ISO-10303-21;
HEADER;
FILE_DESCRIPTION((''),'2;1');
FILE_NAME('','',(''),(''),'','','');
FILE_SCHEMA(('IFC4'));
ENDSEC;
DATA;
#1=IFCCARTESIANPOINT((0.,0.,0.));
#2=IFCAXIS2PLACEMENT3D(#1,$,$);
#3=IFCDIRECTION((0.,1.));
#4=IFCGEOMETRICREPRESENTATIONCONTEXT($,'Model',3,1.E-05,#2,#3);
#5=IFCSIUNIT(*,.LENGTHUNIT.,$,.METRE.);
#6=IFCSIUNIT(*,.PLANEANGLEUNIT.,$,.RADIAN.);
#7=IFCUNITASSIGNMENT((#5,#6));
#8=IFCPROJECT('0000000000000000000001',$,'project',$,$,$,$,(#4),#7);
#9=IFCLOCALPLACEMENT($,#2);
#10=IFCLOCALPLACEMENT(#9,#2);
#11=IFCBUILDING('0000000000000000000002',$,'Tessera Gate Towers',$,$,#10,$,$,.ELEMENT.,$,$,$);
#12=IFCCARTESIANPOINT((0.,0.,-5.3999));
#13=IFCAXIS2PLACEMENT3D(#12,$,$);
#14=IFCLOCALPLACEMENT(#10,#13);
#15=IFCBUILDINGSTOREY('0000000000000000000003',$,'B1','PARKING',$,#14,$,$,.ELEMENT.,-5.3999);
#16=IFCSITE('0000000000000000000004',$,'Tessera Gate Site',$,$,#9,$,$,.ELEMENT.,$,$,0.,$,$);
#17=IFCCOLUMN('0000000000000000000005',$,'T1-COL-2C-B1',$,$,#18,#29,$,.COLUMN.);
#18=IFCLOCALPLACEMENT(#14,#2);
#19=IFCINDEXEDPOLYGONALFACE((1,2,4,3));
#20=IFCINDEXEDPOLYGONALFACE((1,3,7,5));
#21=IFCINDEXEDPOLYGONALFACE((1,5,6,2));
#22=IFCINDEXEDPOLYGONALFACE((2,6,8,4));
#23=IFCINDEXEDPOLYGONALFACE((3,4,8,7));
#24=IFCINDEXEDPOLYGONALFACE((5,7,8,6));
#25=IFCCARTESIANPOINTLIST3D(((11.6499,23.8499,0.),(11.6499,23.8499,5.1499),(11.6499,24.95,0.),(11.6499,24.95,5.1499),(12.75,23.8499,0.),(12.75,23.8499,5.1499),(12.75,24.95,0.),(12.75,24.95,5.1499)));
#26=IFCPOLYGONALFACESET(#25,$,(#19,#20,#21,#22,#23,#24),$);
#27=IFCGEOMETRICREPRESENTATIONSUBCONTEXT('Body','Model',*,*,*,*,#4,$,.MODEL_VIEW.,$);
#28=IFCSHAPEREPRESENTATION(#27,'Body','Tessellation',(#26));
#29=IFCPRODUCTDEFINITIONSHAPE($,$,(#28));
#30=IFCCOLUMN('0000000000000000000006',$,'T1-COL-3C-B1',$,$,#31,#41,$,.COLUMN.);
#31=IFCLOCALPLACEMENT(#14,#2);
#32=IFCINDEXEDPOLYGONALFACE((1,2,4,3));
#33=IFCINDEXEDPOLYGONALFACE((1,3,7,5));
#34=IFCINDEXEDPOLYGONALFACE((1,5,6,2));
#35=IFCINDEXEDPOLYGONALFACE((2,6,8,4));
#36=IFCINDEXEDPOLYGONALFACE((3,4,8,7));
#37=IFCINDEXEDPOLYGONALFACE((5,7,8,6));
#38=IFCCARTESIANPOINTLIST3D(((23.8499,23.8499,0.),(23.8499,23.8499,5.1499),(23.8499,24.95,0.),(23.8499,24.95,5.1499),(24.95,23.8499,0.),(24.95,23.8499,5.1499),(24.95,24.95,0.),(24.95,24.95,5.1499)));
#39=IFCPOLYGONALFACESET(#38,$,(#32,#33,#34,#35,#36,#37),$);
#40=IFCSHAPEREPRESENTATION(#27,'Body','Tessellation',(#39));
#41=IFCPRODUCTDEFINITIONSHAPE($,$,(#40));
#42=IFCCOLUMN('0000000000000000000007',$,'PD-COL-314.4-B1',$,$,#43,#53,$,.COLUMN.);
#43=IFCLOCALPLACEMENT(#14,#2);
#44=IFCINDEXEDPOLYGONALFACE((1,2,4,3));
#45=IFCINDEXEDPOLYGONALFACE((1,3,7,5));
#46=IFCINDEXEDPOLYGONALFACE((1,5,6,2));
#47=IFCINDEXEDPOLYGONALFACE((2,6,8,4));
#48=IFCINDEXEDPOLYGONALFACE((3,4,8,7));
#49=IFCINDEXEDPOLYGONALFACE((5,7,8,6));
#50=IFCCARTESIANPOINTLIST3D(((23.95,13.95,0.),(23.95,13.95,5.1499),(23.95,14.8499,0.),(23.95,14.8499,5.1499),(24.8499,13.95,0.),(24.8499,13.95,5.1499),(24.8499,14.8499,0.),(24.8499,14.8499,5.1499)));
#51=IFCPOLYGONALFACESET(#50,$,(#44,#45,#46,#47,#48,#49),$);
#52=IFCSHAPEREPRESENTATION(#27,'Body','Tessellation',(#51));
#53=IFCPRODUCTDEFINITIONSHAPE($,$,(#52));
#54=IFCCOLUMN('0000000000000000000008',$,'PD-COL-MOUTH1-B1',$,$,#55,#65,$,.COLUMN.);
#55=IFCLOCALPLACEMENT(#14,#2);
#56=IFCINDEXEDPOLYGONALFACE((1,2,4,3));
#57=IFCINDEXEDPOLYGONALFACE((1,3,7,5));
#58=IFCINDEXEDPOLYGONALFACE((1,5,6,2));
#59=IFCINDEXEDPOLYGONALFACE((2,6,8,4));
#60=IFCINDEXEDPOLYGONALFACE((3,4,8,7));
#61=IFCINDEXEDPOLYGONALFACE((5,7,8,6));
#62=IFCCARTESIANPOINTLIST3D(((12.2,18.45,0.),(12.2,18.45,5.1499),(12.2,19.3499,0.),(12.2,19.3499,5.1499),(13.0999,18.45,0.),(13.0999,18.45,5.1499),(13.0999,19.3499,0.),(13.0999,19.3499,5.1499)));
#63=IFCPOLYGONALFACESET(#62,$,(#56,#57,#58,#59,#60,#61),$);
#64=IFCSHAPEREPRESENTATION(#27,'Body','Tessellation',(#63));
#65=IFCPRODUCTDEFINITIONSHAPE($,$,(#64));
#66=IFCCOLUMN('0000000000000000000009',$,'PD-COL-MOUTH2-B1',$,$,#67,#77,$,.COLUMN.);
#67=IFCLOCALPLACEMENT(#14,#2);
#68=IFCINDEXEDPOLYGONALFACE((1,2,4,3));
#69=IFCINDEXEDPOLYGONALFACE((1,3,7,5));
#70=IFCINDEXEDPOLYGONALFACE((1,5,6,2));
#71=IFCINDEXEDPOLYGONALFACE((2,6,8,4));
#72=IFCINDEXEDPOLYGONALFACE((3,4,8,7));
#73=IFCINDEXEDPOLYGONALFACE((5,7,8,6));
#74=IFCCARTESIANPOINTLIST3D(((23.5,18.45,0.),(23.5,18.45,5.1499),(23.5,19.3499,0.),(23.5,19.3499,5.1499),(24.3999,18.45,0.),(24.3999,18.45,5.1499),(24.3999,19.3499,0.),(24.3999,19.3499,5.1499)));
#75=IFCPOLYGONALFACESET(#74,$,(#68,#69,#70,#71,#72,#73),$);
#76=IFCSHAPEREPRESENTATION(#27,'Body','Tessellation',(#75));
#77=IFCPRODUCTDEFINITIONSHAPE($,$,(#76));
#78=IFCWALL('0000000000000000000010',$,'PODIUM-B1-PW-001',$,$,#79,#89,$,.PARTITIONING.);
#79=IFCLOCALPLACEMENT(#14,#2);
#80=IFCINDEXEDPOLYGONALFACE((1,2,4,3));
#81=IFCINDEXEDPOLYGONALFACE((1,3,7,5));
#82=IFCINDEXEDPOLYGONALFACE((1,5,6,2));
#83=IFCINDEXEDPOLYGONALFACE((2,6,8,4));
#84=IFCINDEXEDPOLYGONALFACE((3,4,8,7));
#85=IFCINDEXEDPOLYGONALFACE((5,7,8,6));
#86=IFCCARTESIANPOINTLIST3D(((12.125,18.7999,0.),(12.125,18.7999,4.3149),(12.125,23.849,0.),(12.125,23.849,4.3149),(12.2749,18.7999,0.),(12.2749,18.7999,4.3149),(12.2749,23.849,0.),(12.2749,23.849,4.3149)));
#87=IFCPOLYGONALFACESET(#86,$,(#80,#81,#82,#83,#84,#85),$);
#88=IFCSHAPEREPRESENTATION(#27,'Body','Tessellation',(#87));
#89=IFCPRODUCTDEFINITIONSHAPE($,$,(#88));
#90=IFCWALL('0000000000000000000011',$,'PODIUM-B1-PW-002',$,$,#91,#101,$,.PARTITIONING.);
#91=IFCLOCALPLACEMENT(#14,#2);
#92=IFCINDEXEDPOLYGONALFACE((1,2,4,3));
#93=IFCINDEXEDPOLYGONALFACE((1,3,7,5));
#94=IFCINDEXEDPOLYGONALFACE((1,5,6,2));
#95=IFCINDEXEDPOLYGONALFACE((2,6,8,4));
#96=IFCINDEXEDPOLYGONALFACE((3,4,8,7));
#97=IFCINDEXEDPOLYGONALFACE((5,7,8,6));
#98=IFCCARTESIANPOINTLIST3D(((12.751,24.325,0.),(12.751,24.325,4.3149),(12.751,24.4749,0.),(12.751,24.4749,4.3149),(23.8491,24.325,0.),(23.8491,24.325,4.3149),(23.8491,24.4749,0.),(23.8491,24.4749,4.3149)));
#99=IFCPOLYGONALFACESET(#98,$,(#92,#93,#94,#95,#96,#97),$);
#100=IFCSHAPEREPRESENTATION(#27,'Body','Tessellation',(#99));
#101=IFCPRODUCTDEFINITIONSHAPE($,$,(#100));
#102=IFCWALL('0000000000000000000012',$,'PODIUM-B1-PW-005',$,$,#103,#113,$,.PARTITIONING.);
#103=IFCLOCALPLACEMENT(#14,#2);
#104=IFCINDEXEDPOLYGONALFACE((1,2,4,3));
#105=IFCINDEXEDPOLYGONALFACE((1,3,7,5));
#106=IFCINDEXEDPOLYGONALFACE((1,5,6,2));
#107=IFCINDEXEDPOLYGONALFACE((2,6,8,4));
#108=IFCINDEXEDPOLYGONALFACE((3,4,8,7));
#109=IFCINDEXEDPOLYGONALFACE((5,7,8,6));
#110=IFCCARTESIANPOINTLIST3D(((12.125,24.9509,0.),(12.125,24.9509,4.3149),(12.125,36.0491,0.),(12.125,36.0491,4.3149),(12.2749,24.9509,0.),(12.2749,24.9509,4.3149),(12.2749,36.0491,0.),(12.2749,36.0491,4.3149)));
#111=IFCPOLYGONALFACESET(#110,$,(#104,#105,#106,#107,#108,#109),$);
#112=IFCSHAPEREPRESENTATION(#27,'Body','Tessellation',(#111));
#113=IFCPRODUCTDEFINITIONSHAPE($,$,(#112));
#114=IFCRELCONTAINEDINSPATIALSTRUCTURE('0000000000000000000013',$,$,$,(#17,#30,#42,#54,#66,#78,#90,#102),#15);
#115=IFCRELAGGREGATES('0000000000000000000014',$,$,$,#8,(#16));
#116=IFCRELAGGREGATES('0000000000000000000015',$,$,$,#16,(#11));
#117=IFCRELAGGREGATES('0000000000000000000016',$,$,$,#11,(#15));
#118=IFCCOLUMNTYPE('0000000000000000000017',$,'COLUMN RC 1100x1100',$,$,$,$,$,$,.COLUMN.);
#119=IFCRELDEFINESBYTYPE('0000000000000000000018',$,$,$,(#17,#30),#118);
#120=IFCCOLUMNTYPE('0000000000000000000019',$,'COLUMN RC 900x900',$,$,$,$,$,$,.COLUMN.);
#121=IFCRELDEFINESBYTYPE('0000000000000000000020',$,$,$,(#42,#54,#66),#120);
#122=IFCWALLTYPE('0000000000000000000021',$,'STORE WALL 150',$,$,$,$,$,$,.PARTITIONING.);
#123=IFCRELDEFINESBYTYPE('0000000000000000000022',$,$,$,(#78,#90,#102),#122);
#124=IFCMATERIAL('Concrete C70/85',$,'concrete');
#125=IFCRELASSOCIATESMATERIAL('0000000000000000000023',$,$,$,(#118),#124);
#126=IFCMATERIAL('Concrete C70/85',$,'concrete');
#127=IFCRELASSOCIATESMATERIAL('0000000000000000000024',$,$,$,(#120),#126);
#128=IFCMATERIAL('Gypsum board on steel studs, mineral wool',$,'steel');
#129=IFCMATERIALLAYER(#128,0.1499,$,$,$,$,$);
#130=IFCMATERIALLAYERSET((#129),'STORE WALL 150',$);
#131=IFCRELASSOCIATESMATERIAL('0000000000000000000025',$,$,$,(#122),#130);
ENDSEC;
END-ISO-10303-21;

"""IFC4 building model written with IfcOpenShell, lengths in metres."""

from ifc_helpers import new_model, si_unit, direction, frame, frame_2d, origin, origin_2d, place, context, subcontext, project, spatial, rectangle, extrude, material, layer, layer_set, material_profile, profile_set, type_object, element, save


model = new_model("IFC4")

# Units and contexts
model_context = context("Model", 3, precision=1e-05, world=origin(), true_north=direction((0.0, 1.0)))
body_context = subcontext(model_context, "Body", "Model", "MODEL_VIEW")
ifc_project = project(units=[si_unit("LENGTHUNIT", "METRE"), si_unit("PLANEANGLEUNIT", "RADIAN")], contexts=[model_context])

# Site, building, storey
site_placement = place(None, origin())
site = spatial("IfcSite", under=ifc_project, at=site_placement, Name="Tessera Gate Site", CompositionType="ELEMENT", RefElevation=0.0)
building_placement = place(site_placement, origin())
building = spatial("IfcBuilding", under=site, at=building_placement, Name="Tessera Gate Towers", CompositionType="ELEMENT")
storey_placement = place(building_placement, frame((0.0, 0.0, -5.3999)))
storey = spatial("IfcBuildingStorey", under=building, at=storey_placement, Name="B1", Description="PARKING", CompositionType="ELEMENT", Elevation=-5.3999)

# Columns
ifc_material_1 = material(Name="Concrete C70/85", Category="concrete")
ifc_material_profile_1 = material_profile(ifc_material_1, rectangle(XDim=1.1001, YDim=1.1001, at=origin_2d()), Name="RC 1100x1100")
ifc_profile_set_1 = profile_set([ifc_material_profile_1], Name="Concrete C70/85")
column_type_1 = type_object("IfcColumnType", Name="COLUMN RC 1100x1100", PredefinedType="COLUMN", material=ifc_profile_set_1)
for number, where, z_axis, x_axis, name in (
    (1, (12.2, 24.3999, 0.0), (0.0, 0.0, 1.0), (1.0, 0.0, 0.0), "T1-COL-2C-B1"),
    (2, (24.3999, 24.3999, 0.0), (0.0, 0.0, 1.0), (1.0, 0.0, 0.0), "T1-COL-3C-B1"),
):
    element("IfcColumn", number, at=place(storey_placement, frame(where, z_axis=z_axis, x_axis=x_axis)), inside=storey, type_object=column_type_1, Name=name, PredefinedType="COLUMN", context=body_context, shape_type="SweptSolid", body=[
        extrude(rectangle(XDim=1.1001, YDim=1.1001, at=origin_2d()), origin(), (0.0, 0.0, 1.0), 5.1499),
    ])
ifc_material_2 = material(Name="Concrete C70/85", Category="concrete")
ifc_material_profile_2 = material_profile(ifc_material_2, rectangle(XDim=0.8999, YDim=0.8999, at=origin_2d()), Name="RC 900x900")
ifc_profile_set_2 = profile_set([ifc_material_profile_2], Name="Concrete C70/85")
column_type_2 = type_object("IfcColumnType", Name="COLUMN RC 900x900", PredefinedType="COLUMN", material=ifc_profile_set_2)
for number, where, z_axis, x_axis, name in (
    (3, (24.3999, 14.3999, 0.0), (0.0, 0.0, 1.0), (1.0, 0.0, 0.0), "PD-COL-314.4-B1"),
    (4, (12.6499, 18.8999, 0.0), (0.0, 0.0, 1.0), (1.0, 0.0, 0.0), "PD-COL-MOUTH1-B1"),
    (5, (23.95, 18.8999, 0.0), (0.0, 0.0, 1.0), (1.0, 0.0, 0.0), "PD-COL-MOUTH2-B1"),
):
    element("IfcColumn", number, at=place(storey_placement, frame(where, z_axis=z_axis, x_axis=x_axis)), inside=storey, type_object=column_type_2, Name=name, PredefinedType="COLUMN", context=body_context, shape_type="SweptSolid", body=[
        extrude(rectangle(XDim=0.8999, YDim=0.8999, at=origin_2d()), origin(), (0.0, 0.0, 1.0), 5.1499),
    ])

# Walls
ifc_material_3 = material(Name="Gypsum board on steel studs, mineral wool", Category="steel")
ifc_layer = layer(ifc_material_3, 0.1499)
ifc_layer_set = layer_set([ifc_layer], Name="STORE WALL 150")
wall_type = type_object("IfcWallType", Name="STORE WALL 150", PredefinedType="PARTITIONING", material=ifc_layer_set)
wall_placement = place(storey_placement, frame((12.2, 18.8, 0.0), z_axis=(0.0, 0.0, 1.0), x_axis=(0.0, 1.0, 0.0)))
element("IfcWall", 6, at=wall_placement, inside=storey, type_object=wall_type, Name="PODIUM-B1-PW-001", PredefinedType="PARTITIONING", context=body_context, shape_type="SweptSolid", body=[
    extrude(rectangle(XDim=5.0491, YDim=0.1499, at=frame_2d((2.5244, 0.0))), origin(), (0.0, 0.0, 1.0), 4.3149),
])
for number, where, z_axis, x_axis, name in (
    (7, (12.751, 24.3999, 0.0), (0.0, 0.0, 1.0), (1.0, 0.0, 0.0), "PODIUM-B1-PW-002"),
    (8, (12.2, 24.9509, 0.0), (0.0, 0.0, 1.0), (0.0, 1.0, 0.0), "PODIUM-B1-PW-005"),
):
    element("IfcWall", number, at=place(storey_placement, frame(where, z_axis=z_axis, x_axis=x_axis)), inside=storey, type_object=wall_type, Name=name, PredefinedType="PARTITIONING", context=body_context, shape_type="SweptSolid", body=[
        extrude(rectangle(XDim=11.0981, YDim=0.1499, at=frame_2d((5.5491, 0.0))), origin(), (0.0, 0.0, 1.0), 4.3149),
    ])

save(model, "model.ifc")
